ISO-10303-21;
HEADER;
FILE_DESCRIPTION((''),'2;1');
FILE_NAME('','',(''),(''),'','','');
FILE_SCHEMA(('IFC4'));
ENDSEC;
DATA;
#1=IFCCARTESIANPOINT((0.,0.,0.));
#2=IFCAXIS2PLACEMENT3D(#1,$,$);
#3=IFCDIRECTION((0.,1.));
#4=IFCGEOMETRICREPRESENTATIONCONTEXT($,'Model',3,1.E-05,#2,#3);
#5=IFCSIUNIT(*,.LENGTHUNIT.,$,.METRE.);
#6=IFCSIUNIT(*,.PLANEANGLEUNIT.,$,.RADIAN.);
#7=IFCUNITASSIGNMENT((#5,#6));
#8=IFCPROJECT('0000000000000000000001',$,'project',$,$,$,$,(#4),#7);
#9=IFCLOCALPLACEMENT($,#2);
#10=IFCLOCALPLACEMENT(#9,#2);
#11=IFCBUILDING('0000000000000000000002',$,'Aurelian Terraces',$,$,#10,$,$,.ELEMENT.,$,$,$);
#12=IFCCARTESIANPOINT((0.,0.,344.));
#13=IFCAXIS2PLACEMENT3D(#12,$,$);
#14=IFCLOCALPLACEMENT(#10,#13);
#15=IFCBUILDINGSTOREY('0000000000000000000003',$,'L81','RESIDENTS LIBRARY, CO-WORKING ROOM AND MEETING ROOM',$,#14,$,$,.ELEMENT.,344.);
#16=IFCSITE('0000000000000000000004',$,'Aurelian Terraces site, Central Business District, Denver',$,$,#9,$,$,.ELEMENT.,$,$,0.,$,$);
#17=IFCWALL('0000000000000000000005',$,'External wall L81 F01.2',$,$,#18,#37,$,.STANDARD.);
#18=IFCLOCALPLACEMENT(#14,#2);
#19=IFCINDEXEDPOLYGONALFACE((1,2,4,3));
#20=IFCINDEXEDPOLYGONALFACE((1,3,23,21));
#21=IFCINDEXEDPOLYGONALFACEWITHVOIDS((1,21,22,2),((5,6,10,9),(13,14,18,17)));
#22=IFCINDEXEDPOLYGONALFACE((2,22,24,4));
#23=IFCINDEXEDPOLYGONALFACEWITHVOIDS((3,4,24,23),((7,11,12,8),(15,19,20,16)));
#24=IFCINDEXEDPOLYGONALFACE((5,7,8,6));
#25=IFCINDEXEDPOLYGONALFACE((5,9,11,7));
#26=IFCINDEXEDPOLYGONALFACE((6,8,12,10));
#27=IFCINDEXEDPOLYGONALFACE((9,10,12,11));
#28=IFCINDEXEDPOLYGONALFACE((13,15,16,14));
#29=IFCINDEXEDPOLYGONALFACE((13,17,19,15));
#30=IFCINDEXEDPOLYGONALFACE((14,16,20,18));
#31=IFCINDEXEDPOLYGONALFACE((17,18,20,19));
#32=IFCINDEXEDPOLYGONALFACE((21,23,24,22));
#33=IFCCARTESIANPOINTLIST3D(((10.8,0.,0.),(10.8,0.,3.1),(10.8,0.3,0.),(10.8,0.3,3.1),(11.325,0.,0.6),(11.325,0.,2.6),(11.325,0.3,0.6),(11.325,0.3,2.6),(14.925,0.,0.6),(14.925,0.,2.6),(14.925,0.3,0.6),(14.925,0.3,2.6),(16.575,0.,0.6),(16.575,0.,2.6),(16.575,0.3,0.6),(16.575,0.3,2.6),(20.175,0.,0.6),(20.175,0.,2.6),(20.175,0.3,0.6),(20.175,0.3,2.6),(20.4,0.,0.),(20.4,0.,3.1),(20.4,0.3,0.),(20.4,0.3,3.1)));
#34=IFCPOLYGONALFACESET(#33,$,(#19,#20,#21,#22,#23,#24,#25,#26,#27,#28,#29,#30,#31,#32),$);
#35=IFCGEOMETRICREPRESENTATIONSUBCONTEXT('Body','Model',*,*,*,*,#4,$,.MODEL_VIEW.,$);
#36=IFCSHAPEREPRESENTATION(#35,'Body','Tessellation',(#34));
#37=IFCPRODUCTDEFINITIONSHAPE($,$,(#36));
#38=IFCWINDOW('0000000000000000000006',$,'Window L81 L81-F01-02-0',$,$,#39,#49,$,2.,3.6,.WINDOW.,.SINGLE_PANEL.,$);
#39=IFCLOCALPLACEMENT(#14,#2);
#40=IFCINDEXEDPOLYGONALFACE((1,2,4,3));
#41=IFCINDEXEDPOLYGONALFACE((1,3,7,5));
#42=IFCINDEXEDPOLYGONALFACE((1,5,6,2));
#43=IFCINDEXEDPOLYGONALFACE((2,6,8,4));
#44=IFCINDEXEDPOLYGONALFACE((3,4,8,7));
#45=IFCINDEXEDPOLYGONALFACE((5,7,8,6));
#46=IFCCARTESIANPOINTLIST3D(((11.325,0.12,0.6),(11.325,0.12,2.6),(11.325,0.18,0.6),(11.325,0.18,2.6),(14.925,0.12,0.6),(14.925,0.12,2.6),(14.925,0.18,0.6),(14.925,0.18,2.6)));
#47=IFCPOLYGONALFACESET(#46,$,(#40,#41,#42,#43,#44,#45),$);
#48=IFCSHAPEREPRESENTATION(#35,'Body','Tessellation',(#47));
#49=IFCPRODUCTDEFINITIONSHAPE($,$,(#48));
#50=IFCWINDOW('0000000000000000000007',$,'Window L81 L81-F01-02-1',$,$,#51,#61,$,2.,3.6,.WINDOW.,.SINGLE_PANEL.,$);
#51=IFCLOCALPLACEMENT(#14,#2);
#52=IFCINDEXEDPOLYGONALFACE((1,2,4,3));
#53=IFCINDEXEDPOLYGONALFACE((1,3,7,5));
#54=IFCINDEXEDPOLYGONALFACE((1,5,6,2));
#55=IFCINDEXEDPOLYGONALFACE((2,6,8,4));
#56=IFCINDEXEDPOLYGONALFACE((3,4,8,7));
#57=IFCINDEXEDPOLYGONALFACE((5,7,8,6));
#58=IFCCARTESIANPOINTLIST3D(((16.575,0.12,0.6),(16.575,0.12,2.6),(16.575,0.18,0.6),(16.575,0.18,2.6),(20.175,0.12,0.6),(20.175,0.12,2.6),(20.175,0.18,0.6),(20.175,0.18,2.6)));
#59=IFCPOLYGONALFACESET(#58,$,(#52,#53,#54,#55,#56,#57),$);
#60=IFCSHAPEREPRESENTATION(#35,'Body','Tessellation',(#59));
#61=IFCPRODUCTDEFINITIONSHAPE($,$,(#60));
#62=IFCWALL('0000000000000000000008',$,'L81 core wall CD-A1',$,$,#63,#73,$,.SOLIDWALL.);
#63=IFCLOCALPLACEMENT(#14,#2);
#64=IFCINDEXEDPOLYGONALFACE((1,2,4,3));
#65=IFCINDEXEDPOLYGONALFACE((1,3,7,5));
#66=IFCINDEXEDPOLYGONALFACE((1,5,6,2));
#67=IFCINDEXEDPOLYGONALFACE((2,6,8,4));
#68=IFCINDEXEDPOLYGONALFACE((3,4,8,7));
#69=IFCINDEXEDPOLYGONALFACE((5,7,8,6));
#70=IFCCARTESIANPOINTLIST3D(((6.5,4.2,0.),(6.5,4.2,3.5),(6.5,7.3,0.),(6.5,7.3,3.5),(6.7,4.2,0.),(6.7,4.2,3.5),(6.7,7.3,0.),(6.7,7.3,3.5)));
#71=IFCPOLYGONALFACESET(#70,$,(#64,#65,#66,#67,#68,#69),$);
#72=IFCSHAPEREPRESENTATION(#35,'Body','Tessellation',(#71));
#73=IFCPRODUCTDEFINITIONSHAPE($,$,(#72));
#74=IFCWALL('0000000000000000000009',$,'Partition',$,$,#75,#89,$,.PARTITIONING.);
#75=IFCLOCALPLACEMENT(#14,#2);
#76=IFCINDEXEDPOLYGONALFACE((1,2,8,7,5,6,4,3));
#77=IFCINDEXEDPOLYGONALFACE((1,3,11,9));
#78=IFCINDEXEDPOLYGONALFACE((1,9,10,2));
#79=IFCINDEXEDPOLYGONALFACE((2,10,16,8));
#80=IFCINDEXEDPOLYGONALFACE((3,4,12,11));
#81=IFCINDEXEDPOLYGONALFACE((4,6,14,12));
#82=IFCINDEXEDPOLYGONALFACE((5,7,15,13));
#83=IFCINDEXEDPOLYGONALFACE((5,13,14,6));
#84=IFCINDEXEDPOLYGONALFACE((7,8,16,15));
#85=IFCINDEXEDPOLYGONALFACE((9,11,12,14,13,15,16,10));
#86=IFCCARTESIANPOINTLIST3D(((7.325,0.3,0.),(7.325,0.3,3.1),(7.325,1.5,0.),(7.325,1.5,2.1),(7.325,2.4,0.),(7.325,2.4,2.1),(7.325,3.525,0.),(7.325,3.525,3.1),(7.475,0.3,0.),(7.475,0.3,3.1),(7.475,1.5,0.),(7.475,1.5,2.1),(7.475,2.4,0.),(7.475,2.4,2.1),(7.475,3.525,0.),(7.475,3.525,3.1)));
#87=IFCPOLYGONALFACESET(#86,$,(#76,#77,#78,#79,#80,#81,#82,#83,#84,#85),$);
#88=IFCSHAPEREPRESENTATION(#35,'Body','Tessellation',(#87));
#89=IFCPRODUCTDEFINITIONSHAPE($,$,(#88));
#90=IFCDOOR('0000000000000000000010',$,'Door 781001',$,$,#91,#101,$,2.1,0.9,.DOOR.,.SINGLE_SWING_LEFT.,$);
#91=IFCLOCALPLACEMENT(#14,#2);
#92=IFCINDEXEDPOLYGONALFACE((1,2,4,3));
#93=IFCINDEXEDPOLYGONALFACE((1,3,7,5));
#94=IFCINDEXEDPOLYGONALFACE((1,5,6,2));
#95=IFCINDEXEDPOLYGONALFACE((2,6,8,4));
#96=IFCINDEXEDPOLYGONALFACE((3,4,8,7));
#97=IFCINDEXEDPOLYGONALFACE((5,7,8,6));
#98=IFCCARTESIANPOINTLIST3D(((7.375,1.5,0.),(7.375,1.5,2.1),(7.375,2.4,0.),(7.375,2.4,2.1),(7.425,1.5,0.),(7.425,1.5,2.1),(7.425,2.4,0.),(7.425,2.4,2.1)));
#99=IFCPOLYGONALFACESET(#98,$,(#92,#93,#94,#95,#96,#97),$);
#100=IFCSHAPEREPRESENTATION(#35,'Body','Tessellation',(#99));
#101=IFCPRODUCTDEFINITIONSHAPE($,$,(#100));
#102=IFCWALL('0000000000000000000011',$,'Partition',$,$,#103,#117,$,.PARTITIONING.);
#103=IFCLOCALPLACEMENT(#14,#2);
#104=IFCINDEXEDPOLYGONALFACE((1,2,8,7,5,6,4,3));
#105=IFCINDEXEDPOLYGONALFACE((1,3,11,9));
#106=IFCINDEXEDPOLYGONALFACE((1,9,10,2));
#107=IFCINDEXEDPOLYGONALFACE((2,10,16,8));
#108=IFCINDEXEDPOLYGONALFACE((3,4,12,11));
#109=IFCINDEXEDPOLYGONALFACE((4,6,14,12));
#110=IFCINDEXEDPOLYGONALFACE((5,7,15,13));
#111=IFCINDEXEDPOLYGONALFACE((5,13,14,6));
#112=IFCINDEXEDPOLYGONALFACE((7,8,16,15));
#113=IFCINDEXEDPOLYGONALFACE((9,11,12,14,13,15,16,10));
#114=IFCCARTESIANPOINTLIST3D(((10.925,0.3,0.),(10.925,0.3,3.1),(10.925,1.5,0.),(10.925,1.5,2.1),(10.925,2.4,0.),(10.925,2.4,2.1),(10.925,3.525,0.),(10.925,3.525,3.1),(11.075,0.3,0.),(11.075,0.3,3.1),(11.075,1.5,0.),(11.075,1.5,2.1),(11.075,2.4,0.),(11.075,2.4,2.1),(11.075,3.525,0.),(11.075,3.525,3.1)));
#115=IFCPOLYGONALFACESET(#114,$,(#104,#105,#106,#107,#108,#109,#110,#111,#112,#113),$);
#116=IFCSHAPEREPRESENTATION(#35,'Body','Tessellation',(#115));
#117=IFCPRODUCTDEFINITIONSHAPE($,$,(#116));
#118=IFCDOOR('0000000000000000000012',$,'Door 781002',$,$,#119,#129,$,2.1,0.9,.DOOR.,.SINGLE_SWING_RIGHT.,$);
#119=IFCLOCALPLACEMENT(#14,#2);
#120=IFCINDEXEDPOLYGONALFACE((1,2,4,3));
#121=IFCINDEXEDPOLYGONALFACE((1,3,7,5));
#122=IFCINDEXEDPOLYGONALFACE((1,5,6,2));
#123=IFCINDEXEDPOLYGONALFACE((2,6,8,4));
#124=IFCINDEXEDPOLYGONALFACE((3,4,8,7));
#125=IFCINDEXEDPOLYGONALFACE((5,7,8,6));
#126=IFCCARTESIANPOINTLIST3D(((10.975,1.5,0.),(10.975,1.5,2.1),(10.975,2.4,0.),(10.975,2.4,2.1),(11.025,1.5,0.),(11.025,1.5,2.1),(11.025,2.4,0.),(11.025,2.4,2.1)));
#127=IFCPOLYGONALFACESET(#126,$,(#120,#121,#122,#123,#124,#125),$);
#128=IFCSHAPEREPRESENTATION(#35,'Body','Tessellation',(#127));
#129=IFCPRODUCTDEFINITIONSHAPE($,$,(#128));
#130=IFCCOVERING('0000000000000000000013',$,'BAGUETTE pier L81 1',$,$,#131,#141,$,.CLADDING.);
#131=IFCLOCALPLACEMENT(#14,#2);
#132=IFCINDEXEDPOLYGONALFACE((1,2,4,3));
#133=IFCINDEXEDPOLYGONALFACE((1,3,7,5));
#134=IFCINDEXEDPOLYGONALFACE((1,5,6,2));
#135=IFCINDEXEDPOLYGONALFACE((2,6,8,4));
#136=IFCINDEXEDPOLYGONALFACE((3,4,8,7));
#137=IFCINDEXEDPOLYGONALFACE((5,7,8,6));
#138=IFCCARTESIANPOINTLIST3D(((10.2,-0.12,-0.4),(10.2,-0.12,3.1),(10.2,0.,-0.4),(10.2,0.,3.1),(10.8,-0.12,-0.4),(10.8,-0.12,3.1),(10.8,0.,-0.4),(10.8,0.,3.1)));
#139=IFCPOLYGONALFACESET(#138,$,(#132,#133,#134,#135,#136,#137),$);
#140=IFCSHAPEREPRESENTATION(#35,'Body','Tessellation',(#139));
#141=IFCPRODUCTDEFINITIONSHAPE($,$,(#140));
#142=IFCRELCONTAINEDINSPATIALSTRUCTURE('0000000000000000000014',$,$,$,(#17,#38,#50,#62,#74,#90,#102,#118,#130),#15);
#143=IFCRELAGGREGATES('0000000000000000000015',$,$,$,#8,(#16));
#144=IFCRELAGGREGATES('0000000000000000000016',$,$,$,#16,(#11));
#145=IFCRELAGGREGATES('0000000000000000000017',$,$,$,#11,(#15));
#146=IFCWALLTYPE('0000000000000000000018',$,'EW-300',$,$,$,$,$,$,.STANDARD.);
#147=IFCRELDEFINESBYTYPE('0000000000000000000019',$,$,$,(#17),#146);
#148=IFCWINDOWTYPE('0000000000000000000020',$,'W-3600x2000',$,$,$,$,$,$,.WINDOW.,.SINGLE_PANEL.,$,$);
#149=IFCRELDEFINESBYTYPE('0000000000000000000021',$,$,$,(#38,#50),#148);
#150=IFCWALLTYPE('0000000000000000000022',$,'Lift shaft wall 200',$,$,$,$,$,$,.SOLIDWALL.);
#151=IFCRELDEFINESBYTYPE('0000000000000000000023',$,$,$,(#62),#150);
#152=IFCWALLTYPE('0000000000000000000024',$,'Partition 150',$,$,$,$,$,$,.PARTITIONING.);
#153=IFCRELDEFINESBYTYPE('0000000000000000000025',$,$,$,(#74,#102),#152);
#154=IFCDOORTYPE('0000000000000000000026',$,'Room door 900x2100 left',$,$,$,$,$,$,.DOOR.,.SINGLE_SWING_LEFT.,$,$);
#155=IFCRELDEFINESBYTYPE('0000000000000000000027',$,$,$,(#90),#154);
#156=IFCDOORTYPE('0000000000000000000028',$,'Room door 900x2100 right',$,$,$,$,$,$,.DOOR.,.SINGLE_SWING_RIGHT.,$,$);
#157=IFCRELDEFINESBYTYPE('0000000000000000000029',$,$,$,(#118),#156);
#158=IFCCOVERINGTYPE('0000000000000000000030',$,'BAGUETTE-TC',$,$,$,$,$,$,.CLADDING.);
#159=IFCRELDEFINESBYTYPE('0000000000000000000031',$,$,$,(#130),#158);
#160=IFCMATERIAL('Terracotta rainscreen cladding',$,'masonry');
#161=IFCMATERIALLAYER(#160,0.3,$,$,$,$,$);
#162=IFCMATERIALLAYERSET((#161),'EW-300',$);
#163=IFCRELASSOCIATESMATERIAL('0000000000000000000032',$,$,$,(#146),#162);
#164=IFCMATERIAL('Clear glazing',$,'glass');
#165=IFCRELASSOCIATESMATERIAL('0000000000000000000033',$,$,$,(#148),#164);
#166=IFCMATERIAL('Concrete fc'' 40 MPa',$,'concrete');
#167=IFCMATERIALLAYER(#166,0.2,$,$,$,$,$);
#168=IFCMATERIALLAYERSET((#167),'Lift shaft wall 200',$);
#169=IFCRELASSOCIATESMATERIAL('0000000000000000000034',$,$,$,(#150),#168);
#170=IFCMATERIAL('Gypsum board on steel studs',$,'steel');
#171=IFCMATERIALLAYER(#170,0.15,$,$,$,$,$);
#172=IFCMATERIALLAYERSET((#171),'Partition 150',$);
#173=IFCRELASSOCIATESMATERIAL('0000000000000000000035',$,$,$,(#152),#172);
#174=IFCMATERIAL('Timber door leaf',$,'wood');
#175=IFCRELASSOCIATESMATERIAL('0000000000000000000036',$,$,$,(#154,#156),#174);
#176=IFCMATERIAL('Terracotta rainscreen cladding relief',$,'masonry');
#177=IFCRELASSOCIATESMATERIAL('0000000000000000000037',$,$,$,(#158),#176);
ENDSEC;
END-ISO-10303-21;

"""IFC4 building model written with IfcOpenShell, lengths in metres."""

from ifc_helpers import new_model, si_unit, direction, frame, frame_2d, origin, origin_2d, place, context, subcontext, project, spatial, rectangle, extrude, source, transform, mapped, material, layer, layer_set, type_object, element, fill, save


model = new_model("IFC4")

# Units and contexts
model_context = context("Model", 3, precision=1e-05, world=origin(), true_north=direction((0.0, 1.0)))
body_context = subcontext(model_context, "Body", "Model", "MODEL_VIEW")
ifc_project = project(units=[si_unit("LENGTHUNIT", "METRE"), si_unit("PLANEANGLEUNIT", "RADIAN")], contexts=[model_context])

# Site, building, storey
site_placement = place(None, origin())
site = spatial("IfcSite", under=ifc_project, at=site_placement, Name="Aurelian Terraces site, Central Business District, Denver", CompositionType="ELEMENT", RefElevation=0.0)
building_placement = place(site_placement, origin())
building = spatial("IfcBuilding", under=site, at=building_placement, Name="Aurelian Terraces", CompositionType="ELEMENT")
storey_placement = place(building_placement, frame((0.0, 0.0, 344.0)))
storey = spatial("IfcBuildingStorey", under=building, at=storey_placement, Name="L81", Description="RESIDENTS LIBRARY, CO-WORKING ROOM AND MEETING ROOM", CompositionType="ELEMENT", Elevation=344.0)

# Shared definitions
ifc_material_1 = material(Name="Concrete fc' 40 MPa", Category="concrete")

# Shared definitions
shared_shape_1 = source(origin(), body_context, "Body", "SweptSolid", [
    extrude(rectangle(XDim=0.9, YDim=2.1, at=frame_2d((0.45, 1.05))), frame((0.0, 0.025, 0.0), z_axis=(0.0, -1.0, 0.0), x_axis=(1.0, 0.0, 0.0)), (0.0, 0.0, 1.0), 0.05),
])

# Shared definitions
ifc_material_2 = material(Name="Terracotta rainscreen cladding", Category="masonry")
ifc_layer_1 = layer(ifc_material_2, 0.3)
ifc_layer_set_1 = layer_set([ifc_layer_1], Name="EW-300")
wall_type_1 = type_object("IfcWallType", Name="EW-300", PredefinedType="STANDARD", material=ifc_layer_set_1)
ifc_material_3 = material(Name="Clear glazing", Category="glass")

# Wall, openings, windows
shared_shape_2 = source(origin(), body_context, "Body", "SweptSolid", [
    extrude(rectangle(XDim=9.6, YDim=0.3, at=frame_2d((4.8, 0.0))), origin(), (0.0, 0.0, 1.0), 3.1),
])
wall_1_placement = place(storey_placement, frame((10.8, 0.15, 0.0), z_axis=(0.0, 0.0, 1.0), x_axis=(1.0, 0.0, 0.0)))
wall_1 = element("IfcWall", 1, at=wall_1_placement, inside=storey, type_object=wall_type_1, Name="External wall L81 F01.2", PredefinedType="STANDARD", context=body_context, shape_type="MappedRepresentation", body=[
    mapped(shared_shape_2, transform((0.0, 0.0, 0.0), scale=1.0)),
])
shared_shape_3 = source(origin(), body_context, "Body", "SweptSolid", [
    extrude(rectangle(XDim=3.6, YDim=2.0, at=frame_2d((1.8, 1.0))), frame((0.0, 0.16, 0.0), z_axis=(0.0, -1.0, 0.0), x_axis=(1.0, 0.0, 0.0)), (0.0, 0.0, 1.0), 0.32),
])
opening_1_placement = place(wall_1_placement, frame((0.525, 0.0, 0.6)))
opening_1 = element("IfcOpeningElement", 2, at=opening_1_placement, cuts=wall_1, PredefinedType="OPENING", context=body_context, shape_type="MappedRepresentation", body=[
    mapped(shared_shape_3, transform((0.0, 0.0, 0.0), scale=1.0)),
])
opening_2_placement = place(wall_1_placement, frame((5.775, 0.0, 0.6)))
opening_2 = element("IfcOpeningElement", 3, at=opening_2_placement, cuts=wall_1, PredefinedType="OPENING", context=body_context, shape_type="MappedRepresentation", body=[
    mapped(shared_shape_3, transform((0.0, 0.0, 0.0), scale=1.0)),
])
window_type_1 = type_object("IfcWindowType", Name="W-3600x2000", PartitioningType="SINGLE_PANEL", PredefinedType="WINDOW", material=ifc_material_3)
shared_shape_4 = source(origin(), body_context, "Body", "SweptSolid", [
    extrude(rectangle(XDim=3.6, YDim=2.0, at=frame_2d((1.8, 1.0))), frame((0.0, 0.03, 0.0), z_axis=(0.0, -1.0, 0.0), x_axis=(1.0, 0.0, 0.0)), (0.0, 0.0, 1.0), 0.06),
])
window_1_placement = place(opening_1_placement, origin())
window_1 = element("IfcWindow", 4, at=window_1_placement, inside=storey, type_object=window_type_1, Name="Window L81 L81-F01-02-0", OverallHeight=2.0, OverallWidth=3.6, PartitioningType="SINGLE_PANEL", PredefinedType="WINDOW", context=body_context, shape_type="MappedRepresentation", body=[
    mapped(shared_shape_4, transform((0.0, 0.0, 0.0), scale=1.0)),
])
fill(opening_1, window_1)
window_2_placement = place(opening_2_placement, origin())
window_2 = element("IfcWindow", 5, at=window_2_placement, inside=storey, type_object=window_type_1, Name="Window L81 L81-F01-02-1", OverallHeight=2.0, OverallWidth=3.6, PartitioningType="SINGLE_PANEL", PredefinedType="WINDOW", context=body_context, shape_type="MappedRepresentation", body=[
    mapped(shared_shape_4, transform((0.0, 0.0, 0.0), scale=1.0)),
])
fill(opening_2, window_2)

# Wall
ifc_layer_2 = layer(ifc_material_1, 0.2)
ifc_layer_set_2 = layer_set([ifc_layer_2], Name="Lift shaft wall 200")
wall_type_2 = type_object("IfcWallType", Name="Lift shaft wall 200", PredefinedType="SOLIDWALL", material=ifc_layer_set_2)
shared_shape_5 = source(origin(), body_context, "Body", "SweptSolid", [
    extrude(rectangle(XDim=3.1, YDim=0.2, at=frame_2d((1.55, 0.0))), origin(), (0.0, 0.0, 1.0), 3.5),
])
wall_2_placement = place(storey_placement, frame((6.6, 4.2, 0.0), z_axis=(0.0, 0.0, 1.0), x_axis=(0.0, 1.0, 0.0)))
element("IfcWall", 6, at=wall_2_placement, inside=storey, type_object=wall_type_2, Name="L81 core wall CD-A1", PredefinedType="SOLIDWALL", context=body_context, shape_type="MappedRepresentation", body=[
    mapped(shared_shape_5, transform((0.0, 0.0, 0.0), scale=1.0)),
])

# Walls, openings, doors
ifc_material_4 = material(Name="Gypsum board on steel studs", Category="steel")
ifc_layer_3 = layer(ifc_material_4, 0.15)
ifc_layer_set_3 = layer_set([ifc_layer_3], Name="Partition 150")
wall_type_3 = type_object("IfcWallType", Name="Partition 150", PredefinedType="PARTITIONING", material=ifc_layer_set_3)
shared_shape_6 = source(origin(), body_context, "Body", "SweptSolid", [
    extrude(rectangle(XDim=3.225, YDim=0.15, at=frame_2d((1.6125, 0.0))), origin(), (0.0, 0.0, 1.0), 3.1),
])
wall_3_placement = place(storey_placement, frame((7.4, 3.525, 0.0), z_axis=(0.0, 0.0, 1.0), x_axis=(0.0, -1.0, 0.0)))
wall_3 = element("IfcWall", 7, at=wall_3_placement, inside=storey, type_object=wall_type_3, Name="Partition", PredefinedType="PARTITIONING", context=body_context, shape_type="MappedRepresentation", body=[
    mapped(shared_shape_6, transform((0.0, 0.0, 0.0), scale=1.0)),
])
shared_shape_7 = source(origin(), body_context, "Body", "SweptSolid", [
    extrude(rectangle(XDim=0.9, YDim=2.1, at=frame_2d((0.45, 1.05))), frame((0.0, 0.085, 0.0), z_axis=(0.0, -1.0, 0.0), x_axis=(1.0, 0.0, 0.0)), (0.0, 0.0, 1.0), 0.17),
])
opening_3_placement = place(wall_3_placement, frame((1.125, 0.0, 0.0)))
opening_3 = element("IfcOpeningElement", 8, at=opening_3_placement, cuts=wall_3, PredefinedType="OPENING", context=body_context, shape_type="MappedRepresentation", body=[
    mapped(shared_shape_7, transform((0.0, 0.0, 0.0), scale=1.0)),
])
ifc_material_5 = material(Name="Timber door leaf", Category="wood")
door_type_1 = type_object("IfcDoorType", Name="Room door 900x2100 left", OperationType="SINGLE_SWING_LEFT", PredefinedType="DOOR", material=ifc_material_5)
door_1_placement = place(opening_3_placement, origin())
door_1 = element("IfcDoor", 9, at=door_1_placement, inside=storey, type_object=door_type_1, Name="Door 781001", OperationType="SINGLE_SWING_LEFT", OverallHeight=2.1, OverallWidth=0.9, PredefinedType="DOOR", context=body_context, shape_type="MappedRepresentation", body=[
    mapped(shared_shape_1, transform((0.0, 0.0, 0.0), scale=1.0)),
])
fill(opening_3, door_1)
wall_4_placement = place(storey_placement, frame((11.0, 3.525, 0.0), z_axis=(0.0, 0.0, 1.0), x_axis=(0.0, -1.0, 0.0)))
wall_4 = element("IfcWall", 10, at=wall_4_placement, inside=storey, type_object=wall_type_3, Name="Partition", PredefinedType="PARTITIONING", context=body_context, shape_type="MappedRepresentation", body=[
    mapped(shared_shape_6, transform((0.0, 0.0, 0.0), scale=1.0)),
])
opening_4_placement = place(wall_4_placement, frame((1.125, 0.0, 0.0)))
opening_4 = element("IfcOpeningElement", 11, at=opening_4_placement, cuts=wall_4, PredefinedType="OPENING", context=body_context, shape_type="MappedRepresentation", body=[
    mapped(shared_shape_7, transform((0.0, 0.0, 0.0), scale=1.0)),
])
door_type_2 = type_object("IfcDoorType", Name="Room door 900x2100 right", OperationType="SINGLE_SWING_RIGHT", PredefinedType="DOOR", material=ifc_material_5)
door_2_placement = place(opening_4_placement, origin())
door_2 = element("IfcDoor", 12, at=door_2_placement, inside=storey, type_object=door_type_2, Name="Door 781002", OperationType="SINGLE_SWING_RIGHT", OverallHeight=2.1, OverallWidth=0.9, PredefinedType="DOOR", context=body_context, shape_type="MappedRepresentation", body=[
    mapped(shared_shape_1, transform((0.0, 0.0, 0.0), scale=1.0)),
])
fill(opening_4, door_2)

# Covering
ifc_material_6 = material(Name="Terracotta rainscreen cladding relief", Category="masonry")
covering_type = type_object("IfcCoveringType", Name="BAGUETTE-TC", PredefinedType="CLADDING", material=ifc_material_6)
shared_shape_8 = source(origin(), body_context, "Body", "SweptSolid", [
    extrude(rectangle(XDim=0.6, YDim=0.12, at=origin_2d()), origin(), (0.0, 0.0, 1.0), 3.5),
])
covering_placement = place(storey_placement, frame((10.5, -0.06, -0.4), z_axis=(0.0, 0.0, 1.0), x_axis=(1.0, 0.0, 0.0)))
element("IfcCovering", 13, at=covering_placement, inside=storey, type_object=covering_type, Name="BAGUETTE pier L81 1", PredefinedType="CLADDING", context=body_context, shape_type="MappedRepresentation", body=[
    mapped(shared_shape_8, transform((0.0, 0.0, 0.0), scale=1.0)),
])

save(model, "model.ifc")
